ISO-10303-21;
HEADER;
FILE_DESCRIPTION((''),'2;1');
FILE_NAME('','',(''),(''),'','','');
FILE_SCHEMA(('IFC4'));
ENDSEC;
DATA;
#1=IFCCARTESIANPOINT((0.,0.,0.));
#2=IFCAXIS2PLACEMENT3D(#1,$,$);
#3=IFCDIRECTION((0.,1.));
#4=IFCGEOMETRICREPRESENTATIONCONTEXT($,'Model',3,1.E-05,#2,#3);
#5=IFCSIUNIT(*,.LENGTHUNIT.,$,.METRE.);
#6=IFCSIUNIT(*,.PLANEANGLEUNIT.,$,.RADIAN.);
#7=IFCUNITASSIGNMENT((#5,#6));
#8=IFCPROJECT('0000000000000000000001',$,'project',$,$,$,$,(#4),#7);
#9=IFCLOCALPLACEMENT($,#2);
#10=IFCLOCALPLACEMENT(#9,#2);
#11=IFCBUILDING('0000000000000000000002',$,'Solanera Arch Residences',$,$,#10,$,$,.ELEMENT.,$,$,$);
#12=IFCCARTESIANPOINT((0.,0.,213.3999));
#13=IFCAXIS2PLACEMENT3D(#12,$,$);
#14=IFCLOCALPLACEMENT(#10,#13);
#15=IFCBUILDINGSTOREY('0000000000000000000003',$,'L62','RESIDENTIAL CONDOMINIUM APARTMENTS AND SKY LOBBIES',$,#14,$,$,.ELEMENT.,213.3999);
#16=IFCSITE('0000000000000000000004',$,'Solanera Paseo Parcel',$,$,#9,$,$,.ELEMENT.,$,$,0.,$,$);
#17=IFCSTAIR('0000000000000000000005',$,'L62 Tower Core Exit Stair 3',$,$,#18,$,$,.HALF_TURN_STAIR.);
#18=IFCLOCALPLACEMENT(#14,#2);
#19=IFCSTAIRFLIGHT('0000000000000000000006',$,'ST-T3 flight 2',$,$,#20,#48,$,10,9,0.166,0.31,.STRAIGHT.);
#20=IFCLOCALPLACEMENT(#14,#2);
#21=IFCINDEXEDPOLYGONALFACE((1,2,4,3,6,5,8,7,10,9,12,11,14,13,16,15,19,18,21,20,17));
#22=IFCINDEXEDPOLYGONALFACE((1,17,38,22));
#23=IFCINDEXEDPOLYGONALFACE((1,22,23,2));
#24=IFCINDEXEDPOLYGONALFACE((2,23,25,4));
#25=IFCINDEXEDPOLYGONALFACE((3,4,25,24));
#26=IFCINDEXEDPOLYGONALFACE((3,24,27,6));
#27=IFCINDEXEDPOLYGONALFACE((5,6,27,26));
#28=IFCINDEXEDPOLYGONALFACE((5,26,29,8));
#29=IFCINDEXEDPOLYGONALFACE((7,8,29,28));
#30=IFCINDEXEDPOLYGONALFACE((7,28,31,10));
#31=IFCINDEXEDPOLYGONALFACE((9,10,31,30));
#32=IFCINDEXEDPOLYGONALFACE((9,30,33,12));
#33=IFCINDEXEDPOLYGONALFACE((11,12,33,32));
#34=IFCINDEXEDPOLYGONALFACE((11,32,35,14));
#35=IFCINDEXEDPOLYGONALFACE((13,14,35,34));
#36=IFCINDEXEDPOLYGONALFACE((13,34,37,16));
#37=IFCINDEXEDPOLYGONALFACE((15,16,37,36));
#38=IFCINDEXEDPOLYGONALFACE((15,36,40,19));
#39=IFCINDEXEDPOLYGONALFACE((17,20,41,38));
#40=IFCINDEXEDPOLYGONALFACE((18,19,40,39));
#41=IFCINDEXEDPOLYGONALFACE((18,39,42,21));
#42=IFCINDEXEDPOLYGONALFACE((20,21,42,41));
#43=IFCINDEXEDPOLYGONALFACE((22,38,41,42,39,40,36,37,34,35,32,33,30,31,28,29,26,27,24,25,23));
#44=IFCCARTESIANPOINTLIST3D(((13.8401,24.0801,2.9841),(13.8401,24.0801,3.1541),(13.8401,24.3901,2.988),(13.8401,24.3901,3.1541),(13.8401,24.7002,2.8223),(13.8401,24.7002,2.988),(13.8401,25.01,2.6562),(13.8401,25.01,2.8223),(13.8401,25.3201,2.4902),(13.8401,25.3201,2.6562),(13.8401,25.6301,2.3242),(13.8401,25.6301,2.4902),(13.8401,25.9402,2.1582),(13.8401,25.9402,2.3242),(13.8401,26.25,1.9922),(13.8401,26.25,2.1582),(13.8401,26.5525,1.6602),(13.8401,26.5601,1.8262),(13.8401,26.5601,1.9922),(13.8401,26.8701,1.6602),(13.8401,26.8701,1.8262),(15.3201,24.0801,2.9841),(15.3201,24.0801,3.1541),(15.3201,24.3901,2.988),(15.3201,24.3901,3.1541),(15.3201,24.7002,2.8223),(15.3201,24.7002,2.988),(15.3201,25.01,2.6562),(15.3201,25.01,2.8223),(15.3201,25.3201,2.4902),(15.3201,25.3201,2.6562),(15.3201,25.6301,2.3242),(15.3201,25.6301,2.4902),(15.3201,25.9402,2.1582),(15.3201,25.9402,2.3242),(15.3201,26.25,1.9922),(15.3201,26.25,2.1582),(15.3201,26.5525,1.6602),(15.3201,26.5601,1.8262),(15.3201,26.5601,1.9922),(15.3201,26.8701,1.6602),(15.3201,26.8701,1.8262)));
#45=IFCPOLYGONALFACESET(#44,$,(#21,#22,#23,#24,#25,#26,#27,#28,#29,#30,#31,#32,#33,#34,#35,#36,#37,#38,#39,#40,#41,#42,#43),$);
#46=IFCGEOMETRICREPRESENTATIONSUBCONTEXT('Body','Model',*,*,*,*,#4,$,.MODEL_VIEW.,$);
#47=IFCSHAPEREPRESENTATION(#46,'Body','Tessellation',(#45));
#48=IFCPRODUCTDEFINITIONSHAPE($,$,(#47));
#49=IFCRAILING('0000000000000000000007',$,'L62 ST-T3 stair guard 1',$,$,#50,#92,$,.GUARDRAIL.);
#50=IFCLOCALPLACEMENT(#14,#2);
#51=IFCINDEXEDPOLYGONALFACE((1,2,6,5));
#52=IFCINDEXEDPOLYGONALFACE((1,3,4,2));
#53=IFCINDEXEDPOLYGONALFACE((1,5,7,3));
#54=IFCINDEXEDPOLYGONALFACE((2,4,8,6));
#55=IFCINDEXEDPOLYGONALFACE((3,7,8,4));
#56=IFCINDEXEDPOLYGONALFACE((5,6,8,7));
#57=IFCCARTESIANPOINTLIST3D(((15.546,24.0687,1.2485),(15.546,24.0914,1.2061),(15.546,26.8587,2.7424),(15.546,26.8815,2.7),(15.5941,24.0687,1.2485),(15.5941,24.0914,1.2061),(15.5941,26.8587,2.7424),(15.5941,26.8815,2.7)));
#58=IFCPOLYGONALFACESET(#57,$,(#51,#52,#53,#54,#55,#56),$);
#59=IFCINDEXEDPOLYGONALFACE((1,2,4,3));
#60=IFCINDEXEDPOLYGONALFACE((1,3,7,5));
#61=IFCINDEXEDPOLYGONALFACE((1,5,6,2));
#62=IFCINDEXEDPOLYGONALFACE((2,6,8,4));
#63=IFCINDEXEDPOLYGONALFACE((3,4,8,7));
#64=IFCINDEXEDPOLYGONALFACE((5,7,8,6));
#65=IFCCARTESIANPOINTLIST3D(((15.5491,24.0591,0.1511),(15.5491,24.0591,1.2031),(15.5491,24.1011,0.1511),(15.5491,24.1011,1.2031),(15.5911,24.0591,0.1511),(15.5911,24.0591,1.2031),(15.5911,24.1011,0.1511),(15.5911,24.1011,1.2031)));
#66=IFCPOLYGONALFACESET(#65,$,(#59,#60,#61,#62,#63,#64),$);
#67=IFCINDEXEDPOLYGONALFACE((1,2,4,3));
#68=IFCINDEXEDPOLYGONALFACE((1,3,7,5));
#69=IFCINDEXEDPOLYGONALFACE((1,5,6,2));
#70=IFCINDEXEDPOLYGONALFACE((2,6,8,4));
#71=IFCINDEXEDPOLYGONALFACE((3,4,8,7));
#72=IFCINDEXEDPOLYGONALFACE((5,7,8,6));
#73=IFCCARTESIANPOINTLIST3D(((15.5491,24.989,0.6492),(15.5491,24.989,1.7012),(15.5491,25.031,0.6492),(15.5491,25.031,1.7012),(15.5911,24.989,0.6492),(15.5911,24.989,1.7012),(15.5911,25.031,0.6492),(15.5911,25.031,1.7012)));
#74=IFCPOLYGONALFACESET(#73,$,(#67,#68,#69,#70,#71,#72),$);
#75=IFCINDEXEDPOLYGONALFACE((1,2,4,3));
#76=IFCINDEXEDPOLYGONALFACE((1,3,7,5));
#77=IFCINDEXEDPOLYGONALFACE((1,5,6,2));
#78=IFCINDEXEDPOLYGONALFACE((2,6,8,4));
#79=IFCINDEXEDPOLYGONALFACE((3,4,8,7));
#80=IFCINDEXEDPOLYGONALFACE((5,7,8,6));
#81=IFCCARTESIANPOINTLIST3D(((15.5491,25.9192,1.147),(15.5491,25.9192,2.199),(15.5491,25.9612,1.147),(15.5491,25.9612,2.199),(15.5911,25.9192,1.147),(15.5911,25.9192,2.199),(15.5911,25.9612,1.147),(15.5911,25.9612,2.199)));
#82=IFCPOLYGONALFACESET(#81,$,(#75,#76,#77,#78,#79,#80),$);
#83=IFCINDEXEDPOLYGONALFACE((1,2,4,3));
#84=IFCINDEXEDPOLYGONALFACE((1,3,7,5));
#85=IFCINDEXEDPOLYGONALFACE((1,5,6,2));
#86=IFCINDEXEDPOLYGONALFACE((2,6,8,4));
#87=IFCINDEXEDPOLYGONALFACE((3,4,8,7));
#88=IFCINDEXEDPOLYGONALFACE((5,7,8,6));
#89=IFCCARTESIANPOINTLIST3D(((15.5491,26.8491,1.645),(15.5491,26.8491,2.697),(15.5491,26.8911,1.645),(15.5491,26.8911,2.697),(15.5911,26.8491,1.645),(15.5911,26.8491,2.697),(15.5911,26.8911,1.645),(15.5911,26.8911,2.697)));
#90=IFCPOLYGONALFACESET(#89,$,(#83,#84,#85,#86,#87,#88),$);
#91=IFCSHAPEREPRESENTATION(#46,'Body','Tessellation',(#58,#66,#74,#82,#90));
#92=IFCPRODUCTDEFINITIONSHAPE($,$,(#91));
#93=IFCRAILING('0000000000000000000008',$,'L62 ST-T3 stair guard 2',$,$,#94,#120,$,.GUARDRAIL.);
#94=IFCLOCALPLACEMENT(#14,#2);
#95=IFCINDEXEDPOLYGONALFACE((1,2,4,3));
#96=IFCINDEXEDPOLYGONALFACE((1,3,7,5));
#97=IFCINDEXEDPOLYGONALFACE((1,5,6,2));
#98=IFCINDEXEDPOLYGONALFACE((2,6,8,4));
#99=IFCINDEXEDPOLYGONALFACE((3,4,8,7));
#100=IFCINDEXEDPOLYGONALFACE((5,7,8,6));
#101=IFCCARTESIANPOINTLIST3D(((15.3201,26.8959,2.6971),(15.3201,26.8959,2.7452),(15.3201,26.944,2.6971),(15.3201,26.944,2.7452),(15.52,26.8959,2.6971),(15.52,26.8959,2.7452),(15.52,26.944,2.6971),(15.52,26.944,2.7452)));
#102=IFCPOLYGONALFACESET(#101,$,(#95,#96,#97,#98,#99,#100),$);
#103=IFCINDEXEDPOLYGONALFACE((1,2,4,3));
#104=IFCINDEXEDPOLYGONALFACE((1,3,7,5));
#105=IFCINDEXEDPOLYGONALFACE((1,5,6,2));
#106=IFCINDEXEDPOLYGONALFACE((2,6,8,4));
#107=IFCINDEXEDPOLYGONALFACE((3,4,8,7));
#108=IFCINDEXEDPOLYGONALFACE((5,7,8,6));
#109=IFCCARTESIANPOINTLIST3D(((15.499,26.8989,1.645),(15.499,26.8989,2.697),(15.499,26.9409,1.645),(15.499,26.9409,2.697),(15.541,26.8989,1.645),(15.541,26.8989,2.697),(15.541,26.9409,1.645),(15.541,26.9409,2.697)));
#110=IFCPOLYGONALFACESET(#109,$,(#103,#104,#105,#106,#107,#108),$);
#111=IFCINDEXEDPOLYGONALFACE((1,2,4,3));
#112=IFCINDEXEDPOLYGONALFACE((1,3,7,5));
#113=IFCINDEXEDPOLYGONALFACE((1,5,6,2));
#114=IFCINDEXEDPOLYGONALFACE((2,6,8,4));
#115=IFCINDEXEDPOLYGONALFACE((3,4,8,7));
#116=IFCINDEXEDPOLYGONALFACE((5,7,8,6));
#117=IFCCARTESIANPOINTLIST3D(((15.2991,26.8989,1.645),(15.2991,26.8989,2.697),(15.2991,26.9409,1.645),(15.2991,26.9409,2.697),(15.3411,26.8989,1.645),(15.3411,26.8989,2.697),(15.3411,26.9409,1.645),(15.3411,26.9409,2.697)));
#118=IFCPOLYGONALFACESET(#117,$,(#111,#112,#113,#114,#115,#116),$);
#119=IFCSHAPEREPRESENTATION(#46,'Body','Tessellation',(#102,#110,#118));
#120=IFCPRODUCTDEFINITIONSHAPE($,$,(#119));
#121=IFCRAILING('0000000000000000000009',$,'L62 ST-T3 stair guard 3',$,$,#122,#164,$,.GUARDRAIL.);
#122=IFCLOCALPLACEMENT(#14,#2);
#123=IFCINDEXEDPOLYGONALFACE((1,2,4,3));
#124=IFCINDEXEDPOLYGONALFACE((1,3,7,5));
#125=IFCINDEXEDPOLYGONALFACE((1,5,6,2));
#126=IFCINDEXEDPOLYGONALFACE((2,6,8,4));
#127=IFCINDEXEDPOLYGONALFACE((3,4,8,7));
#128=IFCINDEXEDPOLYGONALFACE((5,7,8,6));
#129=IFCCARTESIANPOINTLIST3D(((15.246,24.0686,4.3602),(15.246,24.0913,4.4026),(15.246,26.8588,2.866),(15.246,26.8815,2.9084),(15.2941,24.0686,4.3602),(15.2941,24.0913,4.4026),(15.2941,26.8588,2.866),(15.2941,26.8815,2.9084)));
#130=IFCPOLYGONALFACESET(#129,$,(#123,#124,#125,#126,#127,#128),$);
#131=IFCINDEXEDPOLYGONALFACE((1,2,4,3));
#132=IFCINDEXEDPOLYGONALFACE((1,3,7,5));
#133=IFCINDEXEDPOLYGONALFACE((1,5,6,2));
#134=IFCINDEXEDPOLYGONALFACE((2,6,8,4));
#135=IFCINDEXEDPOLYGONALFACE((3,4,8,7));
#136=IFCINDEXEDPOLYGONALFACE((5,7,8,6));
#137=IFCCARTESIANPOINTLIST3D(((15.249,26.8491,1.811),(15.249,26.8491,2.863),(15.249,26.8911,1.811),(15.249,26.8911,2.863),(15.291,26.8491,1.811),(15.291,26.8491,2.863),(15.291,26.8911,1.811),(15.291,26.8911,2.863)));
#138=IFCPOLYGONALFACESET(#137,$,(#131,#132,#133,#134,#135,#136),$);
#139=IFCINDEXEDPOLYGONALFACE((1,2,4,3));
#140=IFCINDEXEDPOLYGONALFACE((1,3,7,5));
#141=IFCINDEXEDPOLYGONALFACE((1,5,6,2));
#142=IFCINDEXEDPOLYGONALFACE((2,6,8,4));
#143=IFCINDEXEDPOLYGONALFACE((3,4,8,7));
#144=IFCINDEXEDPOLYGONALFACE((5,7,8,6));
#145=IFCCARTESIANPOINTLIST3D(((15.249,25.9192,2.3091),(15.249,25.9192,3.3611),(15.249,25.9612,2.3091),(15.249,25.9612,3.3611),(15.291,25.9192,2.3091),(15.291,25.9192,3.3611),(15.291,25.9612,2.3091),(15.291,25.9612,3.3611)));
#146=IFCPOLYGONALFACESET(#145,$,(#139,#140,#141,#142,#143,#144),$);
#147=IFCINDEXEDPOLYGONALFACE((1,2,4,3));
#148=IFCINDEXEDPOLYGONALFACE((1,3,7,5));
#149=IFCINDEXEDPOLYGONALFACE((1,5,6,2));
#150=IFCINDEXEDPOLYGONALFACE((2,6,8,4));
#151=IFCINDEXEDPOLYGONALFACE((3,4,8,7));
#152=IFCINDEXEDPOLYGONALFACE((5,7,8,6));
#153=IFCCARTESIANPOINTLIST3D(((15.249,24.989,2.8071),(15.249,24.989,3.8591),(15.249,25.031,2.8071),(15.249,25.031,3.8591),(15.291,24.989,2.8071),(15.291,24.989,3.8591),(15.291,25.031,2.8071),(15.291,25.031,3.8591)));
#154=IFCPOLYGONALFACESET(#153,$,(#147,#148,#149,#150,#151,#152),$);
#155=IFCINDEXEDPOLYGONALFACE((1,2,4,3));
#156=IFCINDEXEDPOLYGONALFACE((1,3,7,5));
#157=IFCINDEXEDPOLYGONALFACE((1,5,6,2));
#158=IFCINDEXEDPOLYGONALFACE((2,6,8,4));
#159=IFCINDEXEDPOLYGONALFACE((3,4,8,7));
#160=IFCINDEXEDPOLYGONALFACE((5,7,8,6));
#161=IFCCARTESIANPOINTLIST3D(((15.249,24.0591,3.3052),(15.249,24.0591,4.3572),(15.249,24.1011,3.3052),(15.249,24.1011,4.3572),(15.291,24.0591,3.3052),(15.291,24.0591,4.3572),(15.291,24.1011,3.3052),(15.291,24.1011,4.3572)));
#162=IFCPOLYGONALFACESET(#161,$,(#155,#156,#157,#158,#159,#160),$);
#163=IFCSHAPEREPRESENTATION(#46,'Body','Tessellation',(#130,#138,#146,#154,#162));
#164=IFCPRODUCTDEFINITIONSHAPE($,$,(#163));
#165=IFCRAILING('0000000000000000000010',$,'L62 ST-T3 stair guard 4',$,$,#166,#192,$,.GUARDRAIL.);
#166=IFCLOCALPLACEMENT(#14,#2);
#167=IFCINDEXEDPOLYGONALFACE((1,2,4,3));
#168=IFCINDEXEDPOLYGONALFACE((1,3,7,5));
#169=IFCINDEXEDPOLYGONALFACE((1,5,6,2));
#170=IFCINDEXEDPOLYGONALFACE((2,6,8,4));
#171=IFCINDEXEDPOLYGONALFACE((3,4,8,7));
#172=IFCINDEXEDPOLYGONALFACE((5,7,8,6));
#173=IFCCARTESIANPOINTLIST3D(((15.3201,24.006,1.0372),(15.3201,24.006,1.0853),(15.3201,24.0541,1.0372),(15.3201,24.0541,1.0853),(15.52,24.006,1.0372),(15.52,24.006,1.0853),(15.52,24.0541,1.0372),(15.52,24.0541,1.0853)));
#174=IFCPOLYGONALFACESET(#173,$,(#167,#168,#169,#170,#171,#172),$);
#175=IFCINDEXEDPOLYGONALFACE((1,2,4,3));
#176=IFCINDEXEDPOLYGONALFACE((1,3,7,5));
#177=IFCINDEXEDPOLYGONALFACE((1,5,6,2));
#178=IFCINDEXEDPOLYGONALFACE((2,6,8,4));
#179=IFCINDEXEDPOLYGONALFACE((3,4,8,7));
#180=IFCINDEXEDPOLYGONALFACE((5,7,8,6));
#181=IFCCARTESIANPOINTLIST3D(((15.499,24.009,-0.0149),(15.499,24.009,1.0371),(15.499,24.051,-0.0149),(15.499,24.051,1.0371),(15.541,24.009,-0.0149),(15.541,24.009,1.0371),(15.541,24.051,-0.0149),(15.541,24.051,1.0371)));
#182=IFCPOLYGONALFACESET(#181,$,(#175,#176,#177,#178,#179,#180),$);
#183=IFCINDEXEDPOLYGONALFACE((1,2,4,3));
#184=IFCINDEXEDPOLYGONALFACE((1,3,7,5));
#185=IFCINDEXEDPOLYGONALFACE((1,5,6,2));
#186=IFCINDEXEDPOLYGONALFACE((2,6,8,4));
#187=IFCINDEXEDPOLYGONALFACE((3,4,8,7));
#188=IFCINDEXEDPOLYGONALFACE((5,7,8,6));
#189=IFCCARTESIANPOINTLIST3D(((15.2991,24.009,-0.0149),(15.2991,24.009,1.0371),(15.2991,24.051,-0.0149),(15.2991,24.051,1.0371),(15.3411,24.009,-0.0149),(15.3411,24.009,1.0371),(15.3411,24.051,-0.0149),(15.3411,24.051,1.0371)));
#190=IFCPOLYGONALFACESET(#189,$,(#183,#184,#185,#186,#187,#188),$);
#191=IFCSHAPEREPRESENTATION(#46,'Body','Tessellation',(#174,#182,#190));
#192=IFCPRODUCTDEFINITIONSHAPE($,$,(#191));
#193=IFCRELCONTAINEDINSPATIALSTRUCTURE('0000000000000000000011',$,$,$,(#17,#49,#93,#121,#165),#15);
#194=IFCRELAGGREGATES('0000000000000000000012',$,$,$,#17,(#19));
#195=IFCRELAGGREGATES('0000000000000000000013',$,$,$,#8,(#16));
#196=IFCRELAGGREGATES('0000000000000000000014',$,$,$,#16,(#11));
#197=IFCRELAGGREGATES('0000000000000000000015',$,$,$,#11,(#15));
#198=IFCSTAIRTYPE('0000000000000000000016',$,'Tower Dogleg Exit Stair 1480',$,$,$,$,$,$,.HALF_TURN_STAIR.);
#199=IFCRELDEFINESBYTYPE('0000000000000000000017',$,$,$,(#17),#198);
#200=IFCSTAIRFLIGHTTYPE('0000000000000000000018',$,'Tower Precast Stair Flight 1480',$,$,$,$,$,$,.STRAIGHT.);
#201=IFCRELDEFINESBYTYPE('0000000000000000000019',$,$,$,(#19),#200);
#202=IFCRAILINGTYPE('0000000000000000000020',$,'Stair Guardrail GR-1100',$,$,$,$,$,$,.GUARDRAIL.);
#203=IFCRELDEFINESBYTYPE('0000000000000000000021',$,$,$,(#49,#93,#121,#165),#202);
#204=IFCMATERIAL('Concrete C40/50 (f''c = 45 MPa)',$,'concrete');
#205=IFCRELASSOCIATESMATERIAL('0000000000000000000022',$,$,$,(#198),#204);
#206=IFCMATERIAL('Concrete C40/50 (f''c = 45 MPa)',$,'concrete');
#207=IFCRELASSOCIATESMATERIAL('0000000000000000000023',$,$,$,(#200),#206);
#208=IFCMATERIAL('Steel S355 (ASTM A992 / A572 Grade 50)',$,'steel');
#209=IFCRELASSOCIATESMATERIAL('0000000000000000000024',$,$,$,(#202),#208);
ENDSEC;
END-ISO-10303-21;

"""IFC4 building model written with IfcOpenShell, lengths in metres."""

from ifc_helpers import new_model, si_unit, direction, frame, origin, origin_2d, place, context, subcontext, project, spatial, polyline, rectangle, outline, extrude, material, type_object, element, aggregate, save


model = new_model("IFC4")

# Units and contexts
model_context = context("Model", 3, precision=1e-05, world=origin(), true_north=direction((0.0, 1.0)))
body_context = subcontext(model_context, "Body", "Model", "MODEL_VIEW")
ifc_project = project(units=[si_unit("LENGTHUNIT", "METRE"), si_unit("PLANEANGLEUNIT", "RADIAN")], contexts=[model_context])

# Site, building, storey
site_placement = place(None, origin())
site = spatial("IfcSite", under=ifc_project, at=site_placement, Name="Solanera Paseo Parcel", CompositionType="ELEMENT", RefElevation=0.0)
building_placement = place(site_placement, origin())
building = spatial("IfcBuilding", under=site, at=building_placement, Name="Solanera Arch Residences", CompositionType="ELEMENT")
storey_placement = place(building_placement, frame((0.0, 0.0, 213.3999)))
storey = spatial("IfcBuildingStorey", under=building, at=storey_placement, Name="L62", Description="RESIDENTIAL CONDOMINIUM APARTMENTS AND SKY LOBBIES", CompositionType="ELEMENT", Elevation=213.3999)

# Stair, stair flight
ifc_material_1 = material(Name="Concrete C40/50 (f'c = 45 MPa)", Category="concrete")
stair_type = type_object("IfcStairType", Name="Tower Dogleg Exit Stair 1480", PredefinedType="HALF_TURN_STAIR", material=ifc_material_1)
stair_placement = place(storey_placement, origin())
stair = element("IfcStair", 1, at=stair_placement, inside=storey, type_object=stair_type, Name="L62 Tower Core Exit Stair 3", PredefinedType="HALF_TURN_STAIR")
ifc_material_2 = material(Name="Concrete C40/50 (f'c = 45 MPa)", Category="concrete")
stair_flight_type = type_object("IfcStairFlightType", Name="Tower Precast Stair Flight 1480", PredefinedType="STRAIGHT", material=ifc_material_2)
stair_flight_1_placement = place(storey_placement, frame((14.5801, 26.8701, 1.6602), z_axis=(0.0, 0.0, 1.0), x_axis=(0.0, -1.0, 0.0)))
stair_flight_1 = element("IfcStairFlight", 2, at=stair_flight_1_placement, type_object=stair_flight_type, Name="ST-T3 flight 2", NumberOfRisers=10, NumberOfTreads=9, PredefinedType="STRAIGHT", RiserHeight=0.166, TreadLength=0.31, context=body_context, shape_type="SweptSolid", body=[
    extrude(outline(polyline([(0.0, 0.0), (0.0, 0.166), (0.3101, 0.166), (0.3101, 0.332), (0.6201, 0.332), (0.6201, 0.498), (0.9299, 0.498), (0.9299, 0.6641), (1.24, 0.6641), (1.24, 0.8301), (1.55, 0.8301), (1.55, 0.9961), (1.8601, 0.9961), (1.8601, 1.1621), (2.1699, 1.1621), (2.1699, 1.3279), (2.48, 1.3279), (2.48, 1.4939), (2.79, 1.4939), (2.79, 1.6599), (2.79, 1.324), (0.3176, 0.0), (0.0, 0.0)])), frame((0.0, 0.74, 0.0), z_axis=(0.0, -1.0, 0.0), x_axis=(1.0, 0.0, 0.0)), (0.0, 0.0, 1.0), 1.48),
])
aggregate(stair, [stair_flight_1])

# Railings
ifc_material_3 = material(Name="Steel S355 (ASTM A992 / A572 Grade 50)", Category="steel")
railing_type_1 = type_object("IfcRailingType", Name="Stair Guardrail GR-1100", PredefinedType="GUARDRAIL", material=ifc_material_3)
railing_1_placement = place(storey_placement, frame((15.5701, 24.0801, 0.1511)))
element("IfcRailing", 3, at=railing_1_placement, inside=storey, type_object=railing_type_1, Name="L62 ST-T3 stair guard 1", PredefinedType="GUARDRAIL", context=body_context, shape_type="SweptSolid", body=[
    extrude(rectangle(XDim=0.0481, YDim=0.0481, at=origin_2d()), frame((0.0, 0.0, 1.0762), z_axis=(0.0, 0.881581, 0.472033), x_axis=(-1.0, 0.0, 0.0)), (0.0, 0.0, 1.0), 3.1648),
    extrude(rectangle(XDim=0.042, YDim=0.042, at=origin_2d()), origin(), (0.0, 0.0, 1.0), 1.052),
    extrude(rectangle(XDim=0.042, YDim=0.042, at=origin_2d()), frame((0.0, 0.9299, 0.498)), (0.0, 0.0, 1.0), 1.052),
    extrude(rectangle(XDim=0.042, YDim=0.042, at=origin_2d()), frame((0.0, 1.8601, 0.9958)), (0.0, 0.0, 1.0), 1.052),
    extrude(rectangle(XDim=0.042, YDim=0.042, at=origin_2d()), frame((0.0, 2.79, 1.4939)), (0.0, 0.0, 1.0), 1.052),
])
railing_2_placement = place(storey_placement, frame((15.52, 26.9199, 1.645)))
element("IfcRailing", 4, at=railing_2_placement, inside=storey, type_object=railing_type_1, Name="L62 ST-T3 stair guard 2", PredefinedType="GUARDRAIL", context=body_context, shape_type="SweptSolid", body=[
    extrude(rectangle(XDim=0.0481, YDim=0.0481, at=origin_2d()), frame((0.0, 0.0, 1.0762), z_axis=(-1.0, 0.0, 0.0), x_axis=(0.0, -1.0, 0.0)), (0.0, 0.0, 1.0), 0.2),
    extrude(rectangle(XDim=0.042, YDim=0.042, at=origin_2d()), origin(), (0.0, 0.0, 1.0), 1.052),
    extrude(rectangle(XDim=0.042, YDim=0.042, at=origin_2d()), frame((-0.2, 0.0, 0.0)), (0.0, 0.0, 1.0), 1.052),
])
railing_3_placement = place(storey_placement, frame((15.27, 26.8701, 1.811)))
element("IfcRailing", 5, at=railing_3_placement, inside=storey, type_object=railing_type_1, Name="L62 ST-T3 stair guard 3", PredefinedType="GUARDRAIL", context=body_context, shape_type="SweptSolid", body=[
    extrude(rectangle(XDim=0.0481, YDim=0.0481, at=origin_2d()), frame((0.0, 0.0, 1.0762), z_axis=(0.0, -0.881549, 0.472093), x_axis=(1.0, 0.0, 0.0)), (0.0, 0.0, 1.0), 3.165),
    extrude(rectangle(XDim=0.042, YDim=0.042, at=origin_2d()), origin(), (0.0, 0.0, 1.0), 1.052),
    extrude(rectangle(XDim=0.042, YDim=0.042, at=origin_2d()), frame((0.0, -0.9299, 0.498)), (0.0, 0.0, 1.0), 1.052),
    extrude(rectangle(XDim=0.042, YDim=0.042, at=origin_2d()), frame((0.0, -1.8601, 0.9961)), (0.0, 0.0, 1.0), 1.052),
    extrude(rectangle(XDim=0.042, YDim=0.042, at=origin_2d()), frame((0.0, -2.79, 1.4941)), (0.0, 0.0, 1.0), 1.052),
])
railing_4_placement = place(storey_placement, frame((15.52, 24.03, -0.0149)))
element("IfcRailing", 6, at=railing_4_placement, inside=storey, type_object=railing_type_1, Name="L62 ST-T3 stair guard 4", PredefinedType="GUARDRAIL", context=body_context, shape_type="SweptSolid", body=[
    extrude(rectangle(XDim=0.0481, YDim=0.0481, at=origin_2d()), frame((0.0, 0.0, 1.0762), z_axis=(-1.0, 0.0, 0.0), x_axis=(0.0, -1.0, 0.0)), (0.0, 0.0, 1.0), 0.2),
    extrude(rectangle(XDim=0.042, YDim=0.042, at=origin_2d()), origin(), (0.0, 0.0, 1.0), 1.052),
    extrude(rectangle(XDim=0.042, YDim=0.042, at=origin_2d()), frame((-0.2, 0.0, 0.0)), (0.0, 0.0, 1.0), 1.052),
])

save(model, "model.ifc")
